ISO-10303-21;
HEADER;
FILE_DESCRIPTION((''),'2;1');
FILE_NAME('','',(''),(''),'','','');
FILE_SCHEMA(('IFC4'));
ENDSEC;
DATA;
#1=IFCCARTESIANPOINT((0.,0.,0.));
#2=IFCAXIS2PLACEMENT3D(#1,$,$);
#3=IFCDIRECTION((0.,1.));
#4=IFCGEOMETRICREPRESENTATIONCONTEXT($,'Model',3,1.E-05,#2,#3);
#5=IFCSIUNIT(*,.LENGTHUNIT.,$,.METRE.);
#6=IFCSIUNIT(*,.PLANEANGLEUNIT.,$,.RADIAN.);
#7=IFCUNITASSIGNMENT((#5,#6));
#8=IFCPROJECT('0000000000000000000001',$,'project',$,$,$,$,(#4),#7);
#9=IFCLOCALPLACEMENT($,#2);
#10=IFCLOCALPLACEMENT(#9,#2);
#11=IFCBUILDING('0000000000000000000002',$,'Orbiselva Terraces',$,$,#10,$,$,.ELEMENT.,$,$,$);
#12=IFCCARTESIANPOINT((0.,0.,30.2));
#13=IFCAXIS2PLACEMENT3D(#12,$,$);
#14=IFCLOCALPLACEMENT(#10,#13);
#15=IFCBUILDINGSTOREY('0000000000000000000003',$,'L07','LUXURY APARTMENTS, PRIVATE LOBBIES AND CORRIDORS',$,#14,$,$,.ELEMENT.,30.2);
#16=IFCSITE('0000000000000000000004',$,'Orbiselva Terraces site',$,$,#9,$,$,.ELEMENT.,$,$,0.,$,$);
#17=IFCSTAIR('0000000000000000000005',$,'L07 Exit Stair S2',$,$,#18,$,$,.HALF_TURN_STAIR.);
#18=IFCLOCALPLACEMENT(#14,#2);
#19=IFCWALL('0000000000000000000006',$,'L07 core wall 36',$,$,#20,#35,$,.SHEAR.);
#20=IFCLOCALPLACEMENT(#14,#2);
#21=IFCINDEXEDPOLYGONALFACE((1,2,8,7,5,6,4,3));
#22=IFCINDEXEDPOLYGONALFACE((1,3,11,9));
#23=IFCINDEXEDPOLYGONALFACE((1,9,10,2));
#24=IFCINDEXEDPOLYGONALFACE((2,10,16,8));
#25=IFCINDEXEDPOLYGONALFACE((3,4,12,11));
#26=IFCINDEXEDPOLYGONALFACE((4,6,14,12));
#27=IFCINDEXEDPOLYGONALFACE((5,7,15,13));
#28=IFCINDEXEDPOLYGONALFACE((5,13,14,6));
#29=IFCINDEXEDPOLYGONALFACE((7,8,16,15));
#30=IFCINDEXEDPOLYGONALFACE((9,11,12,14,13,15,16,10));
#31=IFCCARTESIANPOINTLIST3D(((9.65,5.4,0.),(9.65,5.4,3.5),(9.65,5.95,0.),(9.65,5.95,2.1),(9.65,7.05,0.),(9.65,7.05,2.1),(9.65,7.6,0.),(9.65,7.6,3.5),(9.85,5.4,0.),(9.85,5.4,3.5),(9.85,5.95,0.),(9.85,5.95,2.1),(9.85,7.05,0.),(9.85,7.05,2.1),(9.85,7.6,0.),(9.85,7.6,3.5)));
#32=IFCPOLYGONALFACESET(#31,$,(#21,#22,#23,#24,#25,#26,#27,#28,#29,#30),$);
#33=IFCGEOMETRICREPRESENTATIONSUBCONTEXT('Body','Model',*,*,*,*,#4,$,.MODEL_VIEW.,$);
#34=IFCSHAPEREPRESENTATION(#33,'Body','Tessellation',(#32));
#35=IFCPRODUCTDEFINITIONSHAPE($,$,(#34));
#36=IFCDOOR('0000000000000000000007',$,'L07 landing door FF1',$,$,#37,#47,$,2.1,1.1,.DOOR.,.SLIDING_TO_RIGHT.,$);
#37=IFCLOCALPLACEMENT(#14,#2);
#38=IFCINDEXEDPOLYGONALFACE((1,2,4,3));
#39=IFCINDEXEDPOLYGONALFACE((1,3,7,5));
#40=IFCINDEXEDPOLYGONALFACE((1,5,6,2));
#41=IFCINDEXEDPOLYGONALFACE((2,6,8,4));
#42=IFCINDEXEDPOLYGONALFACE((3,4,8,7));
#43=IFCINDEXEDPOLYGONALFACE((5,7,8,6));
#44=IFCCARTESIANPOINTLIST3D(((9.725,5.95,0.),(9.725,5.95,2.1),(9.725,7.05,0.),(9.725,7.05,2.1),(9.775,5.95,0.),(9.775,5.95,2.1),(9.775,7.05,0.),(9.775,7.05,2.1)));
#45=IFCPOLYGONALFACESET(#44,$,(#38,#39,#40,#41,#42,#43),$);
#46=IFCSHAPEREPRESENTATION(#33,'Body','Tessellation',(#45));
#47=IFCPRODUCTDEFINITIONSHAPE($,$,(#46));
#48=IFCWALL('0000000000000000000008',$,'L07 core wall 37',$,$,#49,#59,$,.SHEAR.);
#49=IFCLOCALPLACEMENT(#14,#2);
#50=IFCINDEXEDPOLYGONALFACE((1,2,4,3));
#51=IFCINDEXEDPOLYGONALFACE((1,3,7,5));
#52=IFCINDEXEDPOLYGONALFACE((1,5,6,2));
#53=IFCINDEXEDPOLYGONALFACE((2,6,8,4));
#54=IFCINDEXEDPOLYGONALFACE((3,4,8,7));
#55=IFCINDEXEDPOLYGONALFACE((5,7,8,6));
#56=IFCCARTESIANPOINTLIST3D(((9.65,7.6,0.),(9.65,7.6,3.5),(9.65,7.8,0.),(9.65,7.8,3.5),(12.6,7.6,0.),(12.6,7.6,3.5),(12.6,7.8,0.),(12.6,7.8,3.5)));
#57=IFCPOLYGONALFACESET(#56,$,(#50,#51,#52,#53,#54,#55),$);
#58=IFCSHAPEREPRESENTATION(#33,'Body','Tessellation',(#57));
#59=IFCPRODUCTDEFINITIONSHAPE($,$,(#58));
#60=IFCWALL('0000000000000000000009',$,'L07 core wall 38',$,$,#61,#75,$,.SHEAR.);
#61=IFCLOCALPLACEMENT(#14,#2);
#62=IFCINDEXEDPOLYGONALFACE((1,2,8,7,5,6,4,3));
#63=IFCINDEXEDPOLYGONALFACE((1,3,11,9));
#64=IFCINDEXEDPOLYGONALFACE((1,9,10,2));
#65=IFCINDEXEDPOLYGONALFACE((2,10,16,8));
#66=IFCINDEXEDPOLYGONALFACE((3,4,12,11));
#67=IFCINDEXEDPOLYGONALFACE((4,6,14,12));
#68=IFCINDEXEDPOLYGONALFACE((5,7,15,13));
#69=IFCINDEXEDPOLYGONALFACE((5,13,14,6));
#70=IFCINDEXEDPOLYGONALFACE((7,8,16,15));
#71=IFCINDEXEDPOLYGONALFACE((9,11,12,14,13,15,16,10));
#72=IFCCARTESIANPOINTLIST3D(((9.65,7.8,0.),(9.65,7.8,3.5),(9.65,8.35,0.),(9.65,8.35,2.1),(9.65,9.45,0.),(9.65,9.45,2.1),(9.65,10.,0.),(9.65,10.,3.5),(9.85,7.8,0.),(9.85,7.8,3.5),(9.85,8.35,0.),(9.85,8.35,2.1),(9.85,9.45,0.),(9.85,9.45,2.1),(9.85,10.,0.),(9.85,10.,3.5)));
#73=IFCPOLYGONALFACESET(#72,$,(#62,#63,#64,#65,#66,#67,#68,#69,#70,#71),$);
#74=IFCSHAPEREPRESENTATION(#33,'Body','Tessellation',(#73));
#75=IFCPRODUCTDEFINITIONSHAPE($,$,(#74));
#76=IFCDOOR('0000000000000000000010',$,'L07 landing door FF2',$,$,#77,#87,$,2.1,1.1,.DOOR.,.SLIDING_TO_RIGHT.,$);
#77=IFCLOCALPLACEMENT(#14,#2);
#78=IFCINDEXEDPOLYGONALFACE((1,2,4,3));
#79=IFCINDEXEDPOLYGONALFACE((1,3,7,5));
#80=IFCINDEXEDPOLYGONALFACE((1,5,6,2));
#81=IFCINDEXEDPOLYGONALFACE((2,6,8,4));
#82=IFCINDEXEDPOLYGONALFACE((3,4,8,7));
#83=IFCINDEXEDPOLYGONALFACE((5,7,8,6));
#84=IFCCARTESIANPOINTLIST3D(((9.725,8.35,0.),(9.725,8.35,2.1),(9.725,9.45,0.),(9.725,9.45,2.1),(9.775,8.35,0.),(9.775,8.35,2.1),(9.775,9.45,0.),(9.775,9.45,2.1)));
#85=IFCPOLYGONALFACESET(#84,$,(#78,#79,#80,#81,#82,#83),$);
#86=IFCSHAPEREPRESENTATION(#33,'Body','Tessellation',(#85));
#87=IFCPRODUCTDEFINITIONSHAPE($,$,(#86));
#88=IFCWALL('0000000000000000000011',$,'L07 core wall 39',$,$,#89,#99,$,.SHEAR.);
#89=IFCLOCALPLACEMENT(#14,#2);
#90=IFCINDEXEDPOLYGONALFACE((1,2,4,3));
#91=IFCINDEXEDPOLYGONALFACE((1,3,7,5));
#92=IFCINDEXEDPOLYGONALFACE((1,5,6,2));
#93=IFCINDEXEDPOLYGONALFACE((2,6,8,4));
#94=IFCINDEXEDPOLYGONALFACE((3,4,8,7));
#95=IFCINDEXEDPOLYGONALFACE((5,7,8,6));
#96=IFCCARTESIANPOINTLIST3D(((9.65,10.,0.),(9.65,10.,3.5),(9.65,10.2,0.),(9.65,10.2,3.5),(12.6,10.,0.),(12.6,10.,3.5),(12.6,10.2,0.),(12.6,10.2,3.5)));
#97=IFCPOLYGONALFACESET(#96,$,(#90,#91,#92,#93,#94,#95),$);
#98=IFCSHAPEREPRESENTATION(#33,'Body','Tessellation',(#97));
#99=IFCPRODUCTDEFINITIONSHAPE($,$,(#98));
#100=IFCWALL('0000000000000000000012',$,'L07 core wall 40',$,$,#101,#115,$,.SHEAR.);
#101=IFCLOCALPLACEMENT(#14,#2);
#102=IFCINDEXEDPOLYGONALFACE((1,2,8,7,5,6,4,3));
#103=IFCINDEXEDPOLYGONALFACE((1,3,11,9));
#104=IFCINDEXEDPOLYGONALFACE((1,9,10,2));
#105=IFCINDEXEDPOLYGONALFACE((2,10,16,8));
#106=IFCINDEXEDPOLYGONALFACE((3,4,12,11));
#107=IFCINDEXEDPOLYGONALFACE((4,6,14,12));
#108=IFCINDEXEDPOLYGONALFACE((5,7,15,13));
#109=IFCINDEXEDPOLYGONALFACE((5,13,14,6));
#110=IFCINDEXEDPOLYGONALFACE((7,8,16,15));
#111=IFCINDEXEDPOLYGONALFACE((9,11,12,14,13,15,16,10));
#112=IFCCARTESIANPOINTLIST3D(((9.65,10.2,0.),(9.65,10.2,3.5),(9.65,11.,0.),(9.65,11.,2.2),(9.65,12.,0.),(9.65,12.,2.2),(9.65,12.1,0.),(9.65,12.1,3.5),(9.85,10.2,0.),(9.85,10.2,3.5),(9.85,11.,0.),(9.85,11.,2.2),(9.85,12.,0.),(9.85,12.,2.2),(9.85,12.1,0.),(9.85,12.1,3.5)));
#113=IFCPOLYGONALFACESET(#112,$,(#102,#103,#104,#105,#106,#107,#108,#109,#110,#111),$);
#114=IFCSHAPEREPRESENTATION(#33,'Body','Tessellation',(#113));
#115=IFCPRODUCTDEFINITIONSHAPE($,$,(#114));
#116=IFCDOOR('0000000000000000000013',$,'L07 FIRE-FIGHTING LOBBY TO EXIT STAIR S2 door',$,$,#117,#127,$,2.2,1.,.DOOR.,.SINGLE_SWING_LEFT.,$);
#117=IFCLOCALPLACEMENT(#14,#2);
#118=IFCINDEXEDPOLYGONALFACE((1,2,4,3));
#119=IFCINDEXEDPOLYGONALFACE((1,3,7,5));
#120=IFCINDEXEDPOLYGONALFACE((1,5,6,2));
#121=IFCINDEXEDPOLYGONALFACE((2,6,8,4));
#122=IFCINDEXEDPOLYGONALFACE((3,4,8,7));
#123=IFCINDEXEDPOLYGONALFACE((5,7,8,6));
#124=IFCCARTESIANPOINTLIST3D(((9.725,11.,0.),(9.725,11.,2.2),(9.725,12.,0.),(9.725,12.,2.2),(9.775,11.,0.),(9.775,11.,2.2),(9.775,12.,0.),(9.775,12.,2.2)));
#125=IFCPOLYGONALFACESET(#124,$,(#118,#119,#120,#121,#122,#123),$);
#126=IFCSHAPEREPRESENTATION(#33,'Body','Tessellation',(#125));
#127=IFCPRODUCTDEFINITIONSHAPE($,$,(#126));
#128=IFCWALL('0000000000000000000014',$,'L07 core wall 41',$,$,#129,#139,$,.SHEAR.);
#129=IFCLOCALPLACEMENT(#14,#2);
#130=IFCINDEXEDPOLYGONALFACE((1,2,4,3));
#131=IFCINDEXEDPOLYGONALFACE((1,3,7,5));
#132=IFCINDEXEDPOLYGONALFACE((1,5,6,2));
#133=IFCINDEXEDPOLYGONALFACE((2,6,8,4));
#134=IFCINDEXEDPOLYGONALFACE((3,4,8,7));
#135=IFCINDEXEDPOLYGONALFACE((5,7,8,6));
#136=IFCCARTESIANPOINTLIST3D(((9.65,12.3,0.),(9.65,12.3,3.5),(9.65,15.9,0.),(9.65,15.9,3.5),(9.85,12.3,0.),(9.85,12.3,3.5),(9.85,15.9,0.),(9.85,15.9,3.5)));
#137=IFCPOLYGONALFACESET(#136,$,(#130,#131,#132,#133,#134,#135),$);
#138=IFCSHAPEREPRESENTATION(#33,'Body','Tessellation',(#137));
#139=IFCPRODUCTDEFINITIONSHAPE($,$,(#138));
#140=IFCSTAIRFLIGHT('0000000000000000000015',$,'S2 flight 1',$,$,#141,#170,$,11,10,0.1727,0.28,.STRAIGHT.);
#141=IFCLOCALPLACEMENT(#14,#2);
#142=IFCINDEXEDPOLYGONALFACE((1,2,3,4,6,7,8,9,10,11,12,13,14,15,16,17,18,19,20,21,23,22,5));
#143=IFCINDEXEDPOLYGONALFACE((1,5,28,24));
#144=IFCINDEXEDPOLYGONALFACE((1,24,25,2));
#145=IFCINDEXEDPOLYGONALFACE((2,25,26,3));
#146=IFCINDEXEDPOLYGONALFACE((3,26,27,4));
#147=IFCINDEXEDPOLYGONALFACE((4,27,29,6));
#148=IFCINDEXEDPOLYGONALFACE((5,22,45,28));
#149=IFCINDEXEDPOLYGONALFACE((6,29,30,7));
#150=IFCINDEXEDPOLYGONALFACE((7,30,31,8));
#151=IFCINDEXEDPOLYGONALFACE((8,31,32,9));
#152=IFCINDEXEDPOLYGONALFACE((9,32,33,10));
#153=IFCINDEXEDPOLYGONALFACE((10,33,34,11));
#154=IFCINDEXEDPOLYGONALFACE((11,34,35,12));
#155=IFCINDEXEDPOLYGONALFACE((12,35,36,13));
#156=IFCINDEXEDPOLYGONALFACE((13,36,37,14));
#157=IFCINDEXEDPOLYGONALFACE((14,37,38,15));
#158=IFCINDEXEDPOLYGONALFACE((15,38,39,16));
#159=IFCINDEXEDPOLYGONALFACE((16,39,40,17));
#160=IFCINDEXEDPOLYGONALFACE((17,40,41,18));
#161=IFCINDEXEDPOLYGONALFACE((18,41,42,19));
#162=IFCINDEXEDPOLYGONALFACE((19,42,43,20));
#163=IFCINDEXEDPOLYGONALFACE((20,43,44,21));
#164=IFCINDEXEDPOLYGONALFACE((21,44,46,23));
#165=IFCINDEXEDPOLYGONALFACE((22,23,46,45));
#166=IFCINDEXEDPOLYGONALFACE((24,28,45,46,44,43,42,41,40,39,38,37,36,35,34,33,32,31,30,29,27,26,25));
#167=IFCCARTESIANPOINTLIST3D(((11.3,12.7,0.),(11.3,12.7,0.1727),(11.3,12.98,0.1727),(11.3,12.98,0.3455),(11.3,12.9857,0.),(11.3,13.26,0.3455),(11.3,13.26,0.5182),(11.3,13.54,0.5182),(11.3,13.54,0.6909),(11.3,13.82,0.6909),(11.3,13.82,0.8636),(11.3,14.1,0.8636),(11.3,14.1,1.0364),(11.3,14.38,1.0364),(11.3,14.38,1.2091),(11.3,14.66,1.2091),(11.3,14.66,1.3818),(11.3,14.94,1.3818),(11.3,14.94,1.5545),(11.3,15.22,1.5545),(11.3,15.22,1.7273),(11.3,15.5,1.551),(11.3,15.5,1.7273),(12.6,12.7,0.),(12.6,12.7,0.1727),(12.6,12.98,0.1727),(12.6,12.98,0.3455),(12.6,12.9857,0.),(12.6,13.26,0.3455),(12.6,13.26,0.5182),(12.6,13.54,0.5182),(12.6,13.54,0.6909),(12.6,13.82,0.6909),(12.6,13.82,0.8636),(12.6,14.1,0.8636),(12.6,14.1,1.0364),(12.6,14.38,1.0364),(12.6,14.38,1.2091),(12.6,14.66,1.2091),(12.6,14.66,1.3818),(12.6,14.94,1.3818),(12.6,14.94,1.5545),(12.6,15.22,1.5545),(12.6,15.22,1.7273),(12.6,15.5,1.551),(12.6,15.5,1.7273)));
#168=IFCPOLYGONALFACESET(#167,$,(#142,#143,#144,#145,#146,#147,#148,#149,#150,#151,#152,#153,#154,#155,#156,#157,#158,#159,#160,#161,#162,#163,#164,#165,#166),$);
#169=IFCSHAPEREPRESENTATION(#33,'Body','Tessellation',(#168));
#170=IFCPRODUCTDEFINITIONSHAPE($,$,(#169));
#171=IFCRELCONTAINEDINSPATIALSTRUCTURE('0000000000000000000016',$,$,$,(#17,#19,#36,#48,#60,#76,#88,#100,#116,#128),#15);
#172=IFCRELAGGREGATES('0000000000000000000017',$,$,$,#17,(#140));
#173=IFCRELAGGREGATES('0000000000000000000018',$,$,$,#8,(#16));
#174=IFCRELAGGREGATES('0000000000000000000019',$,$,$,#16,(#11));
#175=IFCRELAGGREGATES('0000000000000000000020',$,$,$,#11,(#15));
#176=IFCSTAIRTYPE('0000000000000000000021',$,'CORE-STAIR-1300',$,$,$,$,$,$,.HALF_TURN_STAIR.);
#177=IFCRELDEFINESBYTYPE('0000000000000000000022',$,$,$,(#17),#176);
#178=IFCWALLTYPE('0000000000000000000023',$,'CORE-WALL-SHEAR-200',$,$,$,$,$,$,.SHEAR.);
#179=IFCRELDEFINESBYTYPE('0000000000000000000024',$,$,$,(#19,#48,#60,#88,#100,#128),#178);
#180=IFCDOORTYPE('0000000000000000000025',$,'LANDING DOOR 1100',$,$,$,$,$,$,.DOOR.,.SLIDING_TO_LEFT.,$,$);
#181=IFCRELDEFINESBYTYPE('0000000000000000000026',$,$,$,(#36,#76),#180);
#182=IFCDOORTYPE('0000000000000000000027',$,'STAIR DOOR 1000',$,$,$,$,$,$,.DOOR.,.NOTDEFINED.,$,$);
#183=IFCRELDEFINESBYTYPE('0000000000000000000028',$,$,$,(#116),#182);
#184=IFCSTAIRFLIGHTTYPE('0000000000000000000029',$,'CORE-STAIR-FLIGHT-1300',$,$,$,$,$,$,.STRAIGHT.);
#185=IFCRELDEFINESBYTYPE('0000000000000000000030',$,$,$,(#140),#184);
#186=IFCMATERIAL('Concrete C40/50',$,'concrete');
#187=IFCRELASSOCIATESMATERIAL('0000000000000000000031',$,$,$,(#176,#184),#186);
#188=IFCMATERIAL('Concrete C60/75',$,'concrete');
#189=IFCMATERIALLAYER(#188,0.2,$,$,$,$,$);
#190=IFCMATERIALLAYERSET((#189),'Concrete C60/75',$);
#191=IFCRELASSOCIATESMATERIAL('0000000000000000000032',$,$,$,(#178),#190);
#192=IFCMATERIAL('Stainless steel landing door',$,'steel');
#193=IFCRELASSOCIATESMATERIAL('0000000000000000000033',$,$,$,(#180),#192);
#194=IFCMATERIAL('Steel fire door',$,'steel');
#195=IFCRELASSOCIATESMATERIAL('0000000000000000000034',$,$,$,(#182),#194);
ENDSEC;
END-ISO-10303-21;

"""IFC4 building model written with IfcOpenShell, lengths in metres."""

from ifc_helpers import new_model, si_unit, direction, frame, frame_2d, origin, place, context, subcontext, project, spatial, polyline, rectangle, outline, extrude, material, layer, layer_set, type_object, element, fill, aggregate, save


model = new_model("IFC4")

# Units and contexts
model_context = context("Model", 3, precision=1e-05, world=origin(), true_north=direction((0.0, 1.0)))
body_context = subcontext(model_context, "Body", "Model", "MODEL_VIEW")
ifc_project = project(units=[si_unit("LENGTHUNIT", "METRE"), si_unit("PLANEANGLEUNIT", "RADIAN")], contexts=[model_context])

# Site, building, storey
site_placement = place(None, origin())
site = spatial("IfcSite", under=ifc_project, at=site_placement, Name="Orbiselva Terraces site", CompositionType="ELEMENT", RefElevation=0.0)
building_placement = place(site_placement, origin())
building = spatial("IfcBuilding", under=site, at=building_placement, Name="Orbiselva Terraces", CompositionType="ELEMENT")
storey_placement = place(building_placement, frame((0.0, 0.0, 30.2)))
storey = spatial("IfcBuildingStorey", under=building, at=storey_placement, Name="L07", Description="LUXURY APARTMENTS, PRIVATE LOBBIES AND CORRIDORS", CompositionType="ELEMENT", Elevation=30.2)

# Shared definitions
ifc_material_1 = material(Name="Concrete C40/50", Category="concrete")

# Stair
stair_type_1 = type_object("IfcStairType", Name="CORE-STAIR-1300", PredefinedType="HALF_TURN_STAIR", material=ifc_material_1)
stair_1_placement = place(storey_placement, origin())
stair_1 = element("IfcStair", 1, at=stair_1_placement, inside=storey, type_object=stair_type_1, Name="L07 Exit Stair S2", PredefinedType="HALF_TURN_STAIR")

# Shared definitions
ifc_material_2 = material(Name="Concrete C60/75", Category="concrete")
ifc_layer_1 = layer(ifc_material_2, 0.2)
ifc_layer_set_1 = layer_set([ifc_layer_1], Name="Concrete C60/75")
wall_type_1 = type_object("IfcWallType", Name="CORE-WALL-SHEAR-200", PredefinedType="SHEAR", material=ifc_layer_set_1)

# Wall, opening, door
wall_1_placement = place(storey_placement, frame((9.75, 5.4, 0.0), z_axis=(0.0, 0.0, 1.0), x_axis=(0.0, 1.0, 0.0)))
wall_1 = element("IfcWall", 2, at=wall_1_placement, inside=storey, type_object=wall_type_1, Name="L07 core wall 36", PredefinedType="SHEAR", context=body_context, shape_type="SweptSolid", body=[
    extrude(rectangle(XDim=2.2, YDim=0.2, at=frame_2d((1.1, 0.0))), origin(), (0.0, 0.0, 1.0), 3.5),
])
opening_1_placement = place(wall_1_placement, frame((0.55, 0.0, 0.0)))
opening_1 = element("IfcOpeningElement", 3, at=opening_1_placement, cuts=wall_1, PredefinedType="OPENING", context=body_context, shape_type="SweptSolid", body=[
    extrude(rectangle(XDim=1.1, YDim=2.1, at=frame_2d((0.55, 1.05))), frame((0.0, 0.11, 0.0), z_axis=(0.0, -1.0, 0.0), x_axis=(1.0, 0.0, 0.0)), (0.0, 0.0, 1.0), 0.22),
])
ifc_material_3 = material(Name="Stainless steel landing door", Category="steel")
door_type_1 = type_object("IfcDoorType", Name="LANDING DOOR 1100", OperationType="SLIDING_TO_LEFT", PredefinedType="DOOR", material=ifc_material_3)
door_1_placement = place(opening_1_placement, origin())
door_1 = element("IfcDoor", 4, at=door_1_placement, inside=storey, type_object=door_type_1, Name="L07 landing door FF1", OperationType="SLIDING_TO_RIGHT", OverallHeight=2.1, OverallWidth=1.1, PredefinedType="DOOR", context=body_context, shape_type="SweptSolid", body=[
    extrude(rectangle(XDim=1.1, YDim=2.1, at=frame_2d((0.55, 1.05))), frame((0.0, 0.025, 0.0), z_axis=(0.0, -1.0, 0.0), x_axis=(1.0, 0.0, 0.0)), (0.0, 0.0, 1.0), 0.05),
])
fill(opening_1, door_1)

# Wall
wall_2_placement = place(storey_placement, frame((9.65, 7.7, 0.0), z_axis=(0.0, 0.0, 1.0), x_axis=(1.0, 0.0, 0.0)))
element("IfcWall", 5, at=wall_2_placement, inside=storey, type_object=wall_type_1, Name="L07 core wall 37", PredefinedType="SHEAR", context=body_context, shape_type="SweptSolid", body=[
    extrude(rectangle(XDim=2.95, YDim=0.2, at=frame_2d((1.475, 0.0))), origin(), (0.0, 0.0, 1.0), 3.5),
])

# Wall, opening, door
wall_3_placement = place(storey_placement, frame((9.75, 7.8, 0.0), z_axis=(0.0, 0.0, 1.0), x_axis=(0.0, 1.0, 0.0)))
wall_3 = element("IfcWall", 6, at=wall_3_placement, inside=storey, type_object=wall_type_1, Name="L07 core wall 38", PredefinedType="SHEAR", context=body_context, shape_type="SweptSolid", body=[
    extrude(rectangle(XDim=2.2, YDim=0.2, at=frame_2d((1.1, 0.0))), origin(), (0.0, 0.0, 1.0), 3.5),
])
opening_2_placement = place(wall_3_placement, frame((0.55, 0.0, 0.0)))
opening_2 = element("IfcOpeningElement", 7, at=opening_2_placement, cuts=wall_3, PredefinedType="OPENING", context=body_context, shape_type="SweptSolid", body=[
    extrude(rectangle(XDim=1.1, YDim=2.1, at=frame_2d((0.55, 1.05))), frame((0.0, 0.11, 0.0), z_axis=(0.0, -1.0, 0.0), x_axis=(1.0, 0.0, 0.0)), (0.0, 0.0, 1.0), 0.22),
])
door_2_placement = place(opening_2_placement, origin())
door_2 = element("IfcDoor", 8, at=door_2_placement, inside=storey, type_object=door_type_1, Name="L07 landing door FF2", OperationType="SLIDING_TO_RIGHT", OverallHeight=2.1, OverallWidth=1.1, PredefinedType="DOOR", context=body_context, shape_type="SweptSolid", body=[
    extrude(rectangle(XDim=1.1, YDim=2.1, at=frame_2d((0.55, 1.05))), frame((0.0, 0.025, 0.0), z_axis=(0.0, -1.0, 0.0), x_axis=(1.0, 0.0, 0.0)), (0.0, 0.0, 1.0), 0.05),
])
fill(opening_2, door_2)

# Wall
wall_4_placement = place(storey_placement, frame((9.65, 10.1, 0.0), z_axis=(0.0, 0.0, 1.0), x_axis=(1.0, 0.0, 0.0)))
element("IfcWall", 9, at=wall_4_placement, inside=storey, type_object=wall_type_1, Name="L07 core wall 39", PredefinedType="SHEAR", context=body_context, shape_type="SweptSolid", body=[
    extrude(rectangle(XDim=2.95, YDim=0.2, at=frame_2d((1.475, 0.0))), origin(), (0.0, 0.0, 1.0), 3.5),
])

# Wall, opening, door
wall_5_placement = place(storey_placement, frame((9.75, 12.1, 0.0), z_axis=(0.0, 0.0, 1.0), x_axis=(0.0, -1.0, 0.0)))
wall_5 = element("IfcWall", 10, at=wall_5_placement, inside=storey, type_object=wall_type_1, Name="L07 core wall 40", PredefinedType="SHEAR", context=body_context, shape_type="SweptSolid", body=[
    extrude(rectangle(XDim=1.9, YDim=0.2, at=frame_2d((0.95, 0.0))), origin(), (0.0, 0.0, 1.0), 3.5),
])
opening_3_placement = place(wall_5_placement, frame((0.1, 0.0, 0.0)))
opening_3 = element("IfcOpeningElement", 11, at=opening_3_placement, cuts=wall_5, PredefinedType="OPENING", context=body_context, shape_type="SweptSolid", body=[
    extrude(rectangle(XDim=1.0, YDim=2.2, at=frame_2d((0.5, 1.1))), frame((0.0, 0.11, 0.0), z_axis=(0.0, -1.0, 0.0), x_axis=(1.0, 0.0, 0.0)), (0.0, 0.0, 1.0), 0.22),
])
ifc_material_4 = material(Name="Steel fire door", Category="steel")
door_type_2 = type_object("IfcDoorType", Name="STAIR DOOR 1000", OperationType="NOTDEFINED", PredefinedType="DOOR", material=ifc_material_4)
door_3_placement = place(opening_3_placement, origin())
door_3 = element("IfcDoor", 12, at=door_3_placement, inside=storey, type_object=door_type_2, Name="L07 FIRE-FIGHTING LOBBY TO EXIT STAIR S2 door", OperationType="SINGLE_SWING_LEFT", OverallHeight=2.2, OverallWidth=1.0, PredefinedType="DOOR", context=body_context, shape_type="SweptSolid", body=[
    extrude(rectangle(XDim=1.0, YDim=2.2, at=frame_2d((0.5, 1.1))), frame((0.0, 0.025, 0.0), z_axis=(0.0, -1.0, 0.0), x_axis=(1.0, 0.0, 0.0)), (0.0, 0.0, 1.0), 0.05),
])
fill(opening_3, door_3)

# Wall
wall_6_placement = place(storey_placement, frame((9.75, 12.3, 0.0), z_axis=(0.0, 0.0, 1.0), x_axis=(0.0, 1.0, 0.0)))
element("IfcWall", 13, at=wall_6_placement, inside=storey, type_object=wall_type_1, Name="L07 core wall 41", PredefinedType="SHEAR", context=body_context, shape_type="SweptSolid", body=[
    extrude(rectangle(XDim=3.6, YDim=0.2, at=frame_2d((1.8, 0.0))), origin(), (0.0, 0.0, 1.0), 3.5),
])

# Stair flight
stair_flight_type = type_object("IfcStairFlightType", Name="CORE-STAIR-FLIGHT-1300", PredefinedType="STRAIGHT", material=ifc_material_1)
stair_flight_placement = place(storey_placement, frame((11.95, 12.7, 0.0), z_axis=(0.0, 0.0, 1.0), x_axis=(0.0, 1.0, 0.0)))
stair_flight = element("IfcStairFlight", 14, at=stair_flight_placement, type_object=stair_flight_type, Name="S2 flight 1", NumberOfRisers=11, NumberOfTreads=10, PredefinedType="STRAIGHT", RiserHeight=0.1727, TreadLength=0.28, context=body_context, shape_type="SweptSolid", body=[
    extrude(outline(polyline([(0.0, 0.0), (0.0, 0.1727), (0.28, 0.1727), (0.28, 0.3455), (0.56, 0.3455), (0.56, 0.5182), (0.84, 0.5182), (0.84, 0.6909), (1.12, 0.6909), (1.12, 0.8636), (1.4, 0.8636), (1.4, 1.0364), (1.68, 1.0364), (1.68, 1.2091), (1.96, 1.2091), (1.96, 1.3818), (2.24, 1.3818), (2.24, 1.5545), (2.52, 1.5545), (2.52, 1.7273), (2.8, 1.7273), (2.8, 1.9), (2.8, 1.551), (0.2857, 0.0), (0.0, 0.0)])), frame((0.0, 0.65, 0.0), z_axis=(0.0, -1.0, 0.0), x_axis=(1.0, 0.0, 0.0)), (0.0, 0.0, 1.0), 1.3),
])
aggregate(stair_1, [stair_flight])

save(model, "model.ifc")
